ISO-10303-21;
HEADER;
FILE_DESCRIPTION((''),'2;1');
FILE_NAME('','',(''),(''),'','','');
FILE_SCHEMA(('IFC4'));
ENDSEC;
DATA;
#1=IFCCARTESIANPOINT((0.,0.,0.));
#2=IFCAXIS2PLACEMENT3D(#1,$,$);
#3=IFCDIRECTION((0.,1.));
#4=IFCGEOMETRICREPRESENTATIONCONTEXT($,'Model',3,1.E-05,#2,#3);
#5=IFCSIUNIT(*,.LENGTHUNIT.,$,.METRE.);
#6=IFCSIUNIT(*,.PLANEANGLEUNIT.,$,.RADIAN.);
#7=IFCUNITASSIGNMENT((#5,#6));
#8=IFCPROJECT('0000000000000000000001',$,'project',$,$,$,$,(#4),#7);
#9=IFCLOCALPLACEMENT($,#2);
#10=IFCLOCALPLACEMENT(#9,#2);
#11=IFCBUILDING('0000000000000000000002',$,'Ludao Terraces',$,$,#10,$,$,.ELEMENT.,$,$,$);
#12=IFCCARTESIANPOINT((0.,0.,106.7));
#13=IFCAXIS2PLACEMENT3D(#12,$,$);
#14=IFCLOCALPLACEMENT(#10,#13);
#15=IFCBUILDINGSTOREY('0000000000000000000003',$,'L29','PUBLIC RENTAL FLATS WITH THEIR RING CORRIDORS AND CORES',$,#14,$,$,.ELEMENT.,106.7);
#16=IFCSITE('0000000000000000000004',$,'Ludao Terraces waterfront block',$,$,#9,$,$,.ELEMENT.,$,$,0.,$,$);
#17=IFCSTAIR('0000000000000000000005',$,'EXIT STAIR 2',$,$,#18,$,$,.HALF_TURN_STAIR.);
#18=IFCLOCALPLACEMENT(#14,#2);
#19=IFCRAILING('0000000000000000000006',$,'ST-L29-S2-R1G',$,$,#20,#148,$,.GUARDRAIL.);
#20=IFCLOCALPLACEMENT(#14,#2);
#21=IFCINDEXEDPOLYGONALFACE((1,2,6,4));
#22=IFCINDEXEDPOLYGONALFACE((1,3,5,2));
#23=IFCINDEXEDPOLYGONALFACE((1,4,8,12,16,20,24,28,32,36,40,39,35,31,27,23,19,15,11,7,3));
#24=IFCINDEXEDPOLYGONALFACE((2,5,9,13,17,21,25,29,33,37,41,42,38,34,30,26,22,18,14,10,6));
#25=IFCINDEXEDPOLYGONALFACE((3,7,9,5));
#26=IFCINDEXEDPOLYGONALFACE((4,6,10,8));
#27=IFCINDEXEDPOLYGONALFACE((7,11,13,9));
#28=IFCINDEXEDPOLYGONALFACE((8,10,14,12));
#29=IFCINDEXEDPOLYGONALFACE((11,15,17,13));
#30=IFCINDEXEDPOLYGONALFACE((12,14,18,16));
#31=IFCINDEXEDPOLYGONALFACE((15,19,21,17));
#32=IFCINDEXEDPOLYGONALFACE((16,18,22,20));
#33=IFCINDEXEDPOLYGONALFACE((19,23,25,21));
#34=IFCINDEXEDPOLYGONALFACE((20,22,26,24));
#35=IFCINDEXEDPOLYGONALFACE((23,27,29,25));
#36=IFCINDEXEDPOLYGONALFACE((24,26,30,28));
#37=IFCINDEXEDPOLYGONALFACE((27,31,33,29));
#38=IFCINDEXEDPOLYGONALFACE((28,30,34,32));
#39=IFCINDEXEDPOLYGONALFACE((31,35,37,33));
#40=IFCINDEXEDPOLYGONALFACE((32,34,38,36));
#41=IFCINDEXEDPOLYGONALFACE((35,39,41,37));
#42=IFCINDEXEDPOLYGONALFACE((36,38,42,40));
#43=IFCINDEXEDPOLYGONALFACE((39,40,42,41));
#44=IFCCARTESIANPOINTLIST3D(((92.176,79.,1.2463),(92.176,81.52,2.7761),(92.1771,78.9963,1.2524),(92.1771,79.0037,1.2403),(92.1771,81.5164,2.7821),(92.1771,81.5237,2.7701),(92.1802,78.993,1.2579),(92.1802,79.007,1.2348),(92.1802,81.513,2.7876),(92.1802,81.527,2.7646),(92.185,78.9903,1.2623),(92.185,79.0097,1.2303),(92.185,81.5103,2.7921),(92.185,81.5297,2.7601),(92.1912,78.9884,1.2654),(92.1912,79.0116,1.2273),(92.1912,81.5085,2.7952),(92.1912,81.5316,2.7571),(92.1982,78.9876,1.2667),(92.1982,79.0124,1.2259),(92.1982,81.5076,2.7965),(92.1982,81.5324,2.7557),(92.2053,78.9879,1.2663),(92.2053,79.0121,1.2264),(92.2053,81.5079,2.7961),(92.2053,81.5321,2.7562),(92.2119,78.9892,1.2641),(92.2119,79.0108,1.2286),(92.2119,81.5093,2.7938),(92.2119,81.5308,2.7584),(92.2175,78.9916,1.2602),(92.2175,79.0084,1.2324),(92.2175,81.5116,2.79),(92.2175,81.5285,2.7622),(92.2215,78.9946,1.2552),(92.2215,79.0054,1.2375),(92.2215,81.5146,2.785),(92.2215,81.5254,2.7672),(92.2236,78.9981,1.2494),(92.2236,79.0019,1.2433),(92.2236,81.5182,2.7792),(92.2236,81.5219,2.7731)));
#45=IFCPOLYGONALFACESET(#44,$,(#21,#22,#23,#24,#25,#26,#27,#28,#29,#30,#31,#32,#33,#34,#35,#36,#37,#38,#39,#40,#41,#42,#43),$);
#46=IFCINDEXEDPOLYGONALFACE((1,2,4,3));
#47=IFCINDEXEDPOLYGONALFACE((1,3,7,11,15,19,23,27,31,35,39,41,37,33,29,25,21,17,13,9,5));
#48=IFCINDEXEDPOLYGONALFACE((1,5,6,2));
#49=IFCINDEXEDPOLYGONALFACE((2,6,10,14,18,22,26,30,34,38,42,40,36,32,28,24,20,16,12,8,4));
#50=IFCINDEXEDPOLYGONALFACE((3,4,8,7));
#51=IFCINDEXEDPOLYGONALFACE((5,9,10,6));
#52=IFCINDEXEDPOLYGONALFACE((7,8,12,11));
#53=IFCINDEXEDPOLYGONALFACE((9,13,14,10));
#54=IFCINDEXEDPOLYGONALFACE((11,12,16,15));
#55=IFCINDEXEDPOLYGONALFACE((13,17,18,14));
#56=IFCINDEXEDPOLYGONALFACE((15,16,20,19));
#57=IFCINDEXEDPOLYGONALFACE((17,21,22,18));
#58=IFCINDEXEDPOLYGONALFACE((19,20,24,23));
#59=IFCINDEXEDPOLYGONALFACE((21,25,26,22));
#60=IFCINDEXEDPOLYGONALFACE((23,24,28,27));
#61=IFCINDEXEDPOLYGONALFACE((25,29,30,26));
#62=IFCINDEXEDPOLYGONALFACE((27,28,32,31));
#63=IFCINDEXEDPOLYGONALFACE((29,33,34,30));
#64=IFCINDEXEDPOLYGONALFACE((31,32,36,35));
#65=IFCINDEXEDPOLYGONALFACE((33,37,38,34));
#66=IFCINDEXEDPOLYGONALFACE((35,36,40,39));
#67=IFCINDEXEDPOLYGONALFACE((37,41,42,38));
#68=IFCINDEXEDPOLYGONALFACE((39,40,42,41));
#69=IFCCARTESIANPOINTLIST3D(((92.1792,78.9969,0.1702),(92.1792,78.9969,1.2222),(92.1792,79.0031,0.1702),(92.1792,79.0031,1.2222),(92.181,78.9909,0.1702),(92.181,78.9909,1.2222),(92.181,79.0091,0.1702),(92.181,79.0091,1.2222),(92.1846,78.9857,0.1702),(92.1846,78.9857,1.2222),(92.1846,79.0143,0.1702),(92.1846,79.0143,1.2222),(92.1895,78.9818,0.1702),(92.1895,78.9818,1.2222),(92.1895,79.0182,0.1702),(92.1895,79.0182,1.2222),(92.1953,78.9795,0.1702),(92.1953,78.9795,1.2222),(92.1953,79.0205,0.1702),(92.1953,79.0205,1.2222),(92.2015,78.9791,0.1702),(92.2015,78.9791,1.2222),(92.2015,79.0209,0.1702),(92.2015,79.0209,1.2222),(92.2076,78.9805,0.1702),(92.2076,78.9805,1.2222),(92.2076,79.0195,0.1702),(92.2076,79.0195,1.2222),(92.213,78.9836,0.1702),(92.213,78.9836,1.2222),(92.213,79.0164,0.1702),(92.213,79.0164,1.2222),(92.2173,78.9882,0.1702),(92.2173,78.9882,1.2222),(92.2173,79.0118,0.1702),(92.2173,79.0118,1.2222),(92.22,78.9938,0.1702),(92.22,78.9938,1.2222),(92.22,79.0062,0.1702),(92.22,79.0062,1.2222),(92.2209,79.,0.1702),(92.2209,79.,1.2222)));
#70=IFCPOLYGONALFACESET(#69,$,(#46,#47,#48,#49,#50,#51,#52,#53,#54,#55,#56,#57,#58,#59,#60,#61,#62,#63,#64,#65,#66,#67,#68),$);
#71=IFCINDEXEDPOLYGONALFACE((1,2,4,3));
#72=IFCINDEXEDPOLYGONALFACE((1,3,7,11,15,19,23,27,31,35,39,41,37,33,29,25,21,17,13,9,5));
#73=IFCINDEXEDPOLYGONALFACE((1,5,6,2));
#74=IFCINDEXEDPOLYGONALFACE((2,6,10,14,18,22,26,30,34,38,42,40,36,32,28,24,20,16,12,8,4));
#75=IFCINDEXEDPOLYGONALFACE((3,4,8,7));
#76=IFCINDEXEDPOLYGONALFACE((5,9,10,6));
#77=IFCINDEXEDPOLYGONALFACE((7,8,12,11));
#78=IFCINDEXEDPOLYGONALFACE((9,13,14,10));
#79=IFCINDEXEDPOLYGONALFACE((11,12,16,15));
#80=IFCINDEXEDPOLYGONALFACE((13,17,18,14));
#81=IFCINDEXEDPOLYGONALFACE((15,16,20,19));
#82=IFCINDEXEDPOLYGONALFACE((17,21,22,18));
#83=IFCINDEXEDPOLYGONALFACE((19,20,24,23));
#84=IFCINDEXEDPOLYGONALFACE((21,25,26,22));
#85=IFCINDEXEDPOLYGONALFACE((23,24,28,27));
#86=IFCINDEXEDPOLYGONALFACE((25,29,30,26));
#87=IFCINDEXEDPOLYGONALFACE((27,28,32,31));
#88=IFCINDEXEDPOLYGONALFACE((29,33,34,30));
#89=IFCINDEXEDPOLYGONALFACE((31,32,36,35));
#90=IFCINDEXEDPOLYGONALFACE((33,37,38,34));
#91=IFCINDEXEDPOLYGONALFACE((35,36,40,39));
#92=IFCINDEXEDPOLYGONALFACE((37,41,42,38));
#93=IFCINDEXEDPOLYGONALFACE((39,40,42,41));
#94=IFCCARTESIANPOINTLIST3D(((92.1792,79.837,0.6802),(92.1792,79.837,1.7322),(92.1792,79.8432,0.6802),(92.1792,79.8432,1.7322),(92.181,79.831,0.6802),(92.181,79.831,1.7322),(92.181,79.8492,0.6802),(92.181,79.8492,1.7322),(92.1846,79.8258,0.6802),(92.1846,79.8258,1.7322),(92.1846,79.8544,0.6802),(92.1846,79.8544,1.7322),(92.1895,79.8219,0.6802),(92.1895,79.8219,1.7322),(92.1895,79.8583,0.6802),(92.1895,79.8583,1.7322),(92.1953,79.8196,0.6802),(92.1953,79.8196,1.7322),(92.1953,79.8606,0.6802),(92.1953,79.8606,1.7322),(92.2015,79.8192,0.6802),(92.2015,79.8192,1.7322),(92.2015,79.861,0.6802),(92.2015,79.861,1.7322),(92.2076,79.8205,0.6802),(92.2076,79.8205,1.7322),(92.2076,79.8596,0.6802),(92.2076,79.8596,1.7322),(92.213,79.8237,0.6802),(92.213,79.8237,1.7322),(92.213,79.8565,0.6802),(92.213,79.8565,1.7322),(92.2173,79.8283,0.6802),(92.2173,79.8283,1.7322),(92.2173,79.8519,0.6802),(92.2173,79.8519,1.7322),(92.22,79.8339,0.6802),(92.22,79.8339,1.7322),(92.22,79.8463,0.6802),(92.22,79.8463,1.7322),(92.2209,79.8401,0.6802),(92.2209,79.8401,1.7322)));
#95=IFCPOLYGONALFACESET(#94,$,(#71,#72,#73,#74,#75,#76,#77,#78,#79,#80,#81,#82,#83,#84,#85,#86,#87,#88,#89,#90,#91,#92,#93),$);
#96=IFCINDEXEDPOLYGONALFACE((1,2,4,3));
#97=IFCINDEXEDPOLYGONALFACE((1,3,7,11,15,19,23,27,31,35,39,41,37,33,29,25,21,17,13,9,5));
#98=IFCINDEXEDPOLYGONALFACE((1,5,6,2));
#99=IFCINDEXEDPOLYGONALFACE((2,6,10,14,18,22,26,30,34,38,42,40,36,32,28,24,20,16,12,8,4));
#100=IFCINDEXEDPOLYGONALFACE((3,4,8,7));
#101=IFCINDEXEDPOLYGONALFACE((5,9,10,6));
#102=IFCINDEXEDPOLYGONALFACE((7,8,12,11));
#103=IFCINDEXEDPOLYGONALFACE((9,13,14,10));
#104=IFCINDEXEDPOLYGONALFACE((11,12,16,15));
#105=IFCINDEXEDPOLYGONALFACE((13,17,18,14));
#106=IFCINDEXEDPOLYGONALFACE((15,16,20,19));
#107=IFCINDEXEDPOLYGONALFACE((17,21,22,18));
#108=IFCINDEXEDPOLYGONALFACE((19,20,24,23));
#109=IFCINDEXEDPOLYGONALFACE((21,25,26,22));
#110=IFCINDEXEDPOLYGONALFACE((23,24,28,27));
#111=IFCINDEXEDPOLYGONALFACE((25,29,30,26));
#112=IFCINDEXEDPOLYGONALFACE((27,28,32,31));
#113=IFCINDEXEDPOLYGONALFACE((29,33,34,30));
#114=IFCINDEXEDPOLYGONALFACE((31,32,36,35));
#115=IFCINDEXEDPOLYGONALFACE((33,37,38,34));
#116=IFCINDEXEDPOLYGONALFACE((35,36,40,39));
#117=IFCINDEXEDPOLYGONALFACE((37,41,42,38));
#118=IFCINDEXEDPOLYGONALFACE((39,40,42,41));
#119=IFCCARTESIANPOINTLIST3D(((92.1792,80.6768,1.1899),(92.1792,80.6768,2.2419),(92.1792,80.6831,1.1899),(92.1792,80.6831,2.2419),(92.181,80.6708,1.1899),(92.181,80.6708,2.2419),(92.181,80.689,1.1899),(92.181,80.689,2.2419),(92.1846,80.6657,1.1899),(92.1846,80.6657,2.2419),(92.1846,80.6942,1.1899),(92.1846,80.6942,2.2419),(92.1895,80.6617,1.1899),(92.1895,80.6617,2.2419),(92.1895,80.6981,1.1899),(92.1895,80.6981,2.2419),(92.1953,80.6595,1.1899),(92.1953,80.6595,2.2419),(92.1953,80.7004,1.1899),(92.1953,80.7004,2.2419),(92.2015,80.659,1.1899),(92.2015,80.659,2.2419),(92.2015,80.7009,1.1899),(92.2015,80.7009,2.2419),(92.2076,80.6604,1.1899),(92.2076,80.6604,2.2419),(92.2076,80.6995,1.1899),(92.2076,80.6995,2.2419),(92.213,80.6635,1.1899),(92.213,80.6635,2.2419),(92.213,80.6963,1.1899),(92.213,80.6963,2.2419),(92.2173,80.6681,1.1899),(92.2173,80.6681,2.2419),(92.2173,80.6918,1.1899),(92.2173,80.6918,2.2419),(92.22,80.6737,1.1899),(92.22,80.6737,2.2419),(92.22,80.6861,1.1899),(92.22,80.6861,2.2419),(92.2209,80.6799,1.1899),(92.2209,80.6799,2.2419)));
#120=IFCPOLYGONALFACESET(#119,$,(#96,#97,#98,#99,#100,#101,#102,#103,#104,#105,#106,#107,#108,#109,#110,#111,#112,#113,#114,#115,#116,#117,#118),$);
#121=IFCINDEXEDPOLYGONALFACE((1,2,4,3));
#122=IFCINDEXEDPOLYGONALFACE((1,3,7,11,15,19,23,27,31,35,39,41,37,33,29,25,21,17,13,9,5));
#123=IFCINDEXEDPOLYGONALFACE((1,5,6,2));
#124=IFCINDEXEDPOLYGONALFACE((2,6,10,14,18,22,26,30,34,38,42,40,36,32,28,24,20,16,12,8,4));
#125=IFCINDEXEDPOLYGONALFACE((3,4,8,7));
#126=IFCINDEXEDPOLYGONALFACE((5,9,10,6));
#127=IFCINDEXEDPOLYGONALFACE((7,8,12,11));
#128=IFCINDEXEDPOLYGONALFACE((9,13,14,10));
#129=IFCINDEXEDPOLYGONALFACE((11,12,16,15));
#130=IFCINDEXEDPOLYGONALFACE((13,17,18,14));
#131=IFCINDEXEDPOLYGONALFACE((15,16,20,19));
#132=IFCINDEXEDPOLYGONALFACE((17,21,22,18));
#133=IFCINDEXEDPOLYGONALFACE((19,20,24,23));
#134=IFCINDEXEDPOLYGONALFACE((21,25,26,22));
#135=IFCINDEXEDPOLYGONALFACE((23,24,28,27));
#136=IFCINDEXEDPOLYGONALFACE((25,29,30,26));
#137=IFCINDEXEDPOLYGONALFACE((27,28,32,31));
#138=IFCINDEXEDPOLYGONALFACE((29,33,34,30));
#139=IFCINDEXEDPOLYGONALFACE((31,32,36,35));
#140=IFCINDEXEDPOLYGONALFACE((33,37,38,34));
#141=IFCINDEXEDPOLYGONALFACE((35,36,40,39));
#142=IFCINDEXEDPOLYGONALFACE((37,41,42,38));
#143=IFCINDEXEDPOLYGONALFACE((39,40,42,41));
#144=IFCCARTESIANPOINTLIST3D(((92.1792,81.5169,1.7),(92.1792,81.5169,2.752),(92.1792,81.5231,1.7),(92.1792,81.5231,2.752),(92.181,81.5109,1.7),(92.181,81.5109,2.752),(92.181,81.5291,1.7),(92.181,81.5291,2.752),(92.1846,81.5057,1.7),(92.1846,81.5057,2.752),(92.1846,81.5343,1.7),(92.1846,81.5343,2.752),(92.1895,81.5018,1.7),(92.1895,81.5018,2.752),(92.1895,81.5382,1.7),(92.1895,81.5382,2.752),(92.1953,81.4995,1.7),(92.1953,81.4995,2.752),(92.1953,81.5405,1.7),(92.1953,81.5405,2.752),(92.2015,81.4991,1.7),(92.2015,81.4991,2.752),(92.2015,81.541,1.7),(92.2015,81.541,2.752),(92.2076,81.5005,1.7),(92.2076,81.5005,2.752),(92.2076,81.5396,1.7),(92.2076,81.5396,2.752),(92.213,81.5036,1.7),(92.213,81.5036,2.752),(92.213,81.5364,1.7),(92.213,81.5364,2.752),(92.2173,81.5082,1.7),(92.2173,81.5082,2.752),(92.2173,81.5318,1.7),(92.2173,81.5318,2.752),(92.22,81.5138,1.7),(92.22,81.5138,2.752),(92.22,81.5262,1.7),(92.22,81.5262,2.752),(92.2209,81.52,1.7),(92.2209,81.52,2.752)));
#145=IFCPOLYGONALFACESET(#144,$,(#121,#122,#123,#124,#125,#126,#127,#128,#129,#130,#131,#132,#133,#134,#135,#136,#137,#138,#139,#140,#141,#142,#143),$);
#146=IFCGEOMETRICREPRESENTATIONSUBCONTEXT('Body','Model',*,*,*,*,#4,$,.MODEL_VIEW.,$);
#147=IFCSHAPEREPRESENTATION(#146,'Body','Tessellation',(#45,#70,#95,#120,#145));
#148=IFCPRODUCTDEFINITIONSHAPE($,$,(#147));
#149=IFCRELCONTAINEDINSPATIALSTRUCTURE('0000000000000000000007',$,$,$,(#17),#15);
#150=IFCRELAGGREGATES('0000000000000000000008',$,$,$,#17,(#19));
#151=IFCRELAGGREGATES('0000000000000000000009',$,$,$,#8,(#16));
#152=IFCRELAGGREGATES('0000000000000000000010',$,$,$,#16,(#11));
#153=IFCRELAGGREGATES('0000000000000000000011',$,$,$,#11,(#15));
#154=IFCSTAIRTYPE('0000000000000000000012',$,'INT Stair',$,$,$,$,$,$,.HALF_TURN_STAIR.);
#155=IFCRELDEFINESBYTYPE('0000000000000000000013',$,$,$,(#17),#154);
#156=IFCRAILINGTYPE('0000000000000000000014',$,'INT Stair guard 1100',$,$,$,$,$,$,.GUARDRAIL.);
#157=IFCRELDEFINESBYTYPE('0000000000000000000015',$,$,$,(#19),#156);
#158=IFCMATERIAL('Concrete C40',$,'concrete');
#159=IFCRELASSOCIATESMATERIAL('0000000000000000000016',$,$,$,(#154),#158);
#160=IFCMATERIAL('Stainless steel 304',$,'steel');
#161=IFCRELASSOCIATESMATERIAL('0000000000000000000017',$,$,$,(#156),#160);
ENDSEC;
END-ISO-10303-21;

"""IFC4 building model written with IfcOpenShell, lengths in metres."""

from ifc_helpers import new_model, si_unit, direction, frame, origin, origin_2d, place, context, subcontext, project, spatial, circle, extrude, material, type_object, element, aggregate, save


model = new_model("IFC4")

# Units and contexts
model_context = context("Model", 3, precision=1e-05, world=origin(), true_north=direction((0.0, 1.0)))
body_context = subcontext(model_context, "Body", "Model", "MODEL_VIEW")
ifc_project = project(units=[si_unit("LENGTHUNIT", "METRE"), si_unit("PLANEANGLEUNIT", "RADIAN")], contexts=[model_context])

# Site, building, storey
site_placement = place(None, origin())
site = spatial("IfcSite", under=ifc_project, at=site_placement, Name="Ludao Terraces waterfront block", CompositionType="ELEMENT", RefElevation=0.0)
building_placement = place(site_placement, origin())
building = spatial("IfcBuilding", under=site, at=building_placement, Name="Ludao Terraces", CompositionType="ELEMENT")
storey_placement = place(building_placement, frame((0.0, 0.0, 106.7)))
storey = spatial("IfcBuildingStorey", under=building, at=storey_placement, Name="L29", Description="PUBLIC RENTAL FLATS WITH THEIR RING CORRIDORS AND CORES", CompositionType="ELEMENT", Elevation=106.7)

# Shared definitions
ifc_material_1 = material(Name="Stainless steel 304", Category="steel")

# Stair, railing
ifc_material_2 = material(Name="Concrete C40", Category="concrete")
stair_type = type_object("IfcStairType", Name="INT Stair", PredefinedType="HALF_TURN_STAIR", material=ifc_material_2)
stair_placement = place(storey_placement, origin())
stair = element("IfcStair", 1, at=stair_placement, inside=storey, type_object=stair_type, Name="EXIT STAIR 2", PredefinedType="HALF_TURN_STAIR")
railing_type_1 = type_object("IfcRailingType", Name="INT Stair guard 1100", PredefinedType="GUARDRAIL", material=ifc_material_1)
railing_1_placement = place(storey_placement, frame((92.2, 79.0, 0.1702)))
railing_1 = element("IfcRailing", 2, at=railing_1_placement, type_object=railing_type_1, Name="ST-L29-S2-R1G", PredefinedType="GUARDRAIL", context=body_context, shape_type="SweptSolid", body=[
    extrude(circle(Radius=0.0239, at=origin_2d()), frame((0.0, 0.0, 1.0762), z_axis=(0.0, 0.854822, 0.518922), x_axis=(-1.0, 0.0, 0.0)), (0.0, 0.0, 1.0), 2.948),
    extrude(circle(Radius=0.021, at=origin_2d()), origin(), (0.0, 0.0, 1.0), 1.052),
    extrude(circle(Radius=0.021, at=origin_2d()), frame((0.0, 0.8401, 0.51)), (0.0, 0.0, 1.0), 1.052),
    extrude(circle(Radius=0.021, at=origin_2d()), frame((0.0, 1.6799, 1.0198)), (0.0, 0.0, 1.0), 1.052),
    extrude(circle(Radius=0.021, at=origin_2d()), frame((0.0, 2.52, 1.5298)), (0.0, 0.0, 1.0), 1.052),
])
aggregate(stair, [railing_1])

save(model, "model.ifc")
